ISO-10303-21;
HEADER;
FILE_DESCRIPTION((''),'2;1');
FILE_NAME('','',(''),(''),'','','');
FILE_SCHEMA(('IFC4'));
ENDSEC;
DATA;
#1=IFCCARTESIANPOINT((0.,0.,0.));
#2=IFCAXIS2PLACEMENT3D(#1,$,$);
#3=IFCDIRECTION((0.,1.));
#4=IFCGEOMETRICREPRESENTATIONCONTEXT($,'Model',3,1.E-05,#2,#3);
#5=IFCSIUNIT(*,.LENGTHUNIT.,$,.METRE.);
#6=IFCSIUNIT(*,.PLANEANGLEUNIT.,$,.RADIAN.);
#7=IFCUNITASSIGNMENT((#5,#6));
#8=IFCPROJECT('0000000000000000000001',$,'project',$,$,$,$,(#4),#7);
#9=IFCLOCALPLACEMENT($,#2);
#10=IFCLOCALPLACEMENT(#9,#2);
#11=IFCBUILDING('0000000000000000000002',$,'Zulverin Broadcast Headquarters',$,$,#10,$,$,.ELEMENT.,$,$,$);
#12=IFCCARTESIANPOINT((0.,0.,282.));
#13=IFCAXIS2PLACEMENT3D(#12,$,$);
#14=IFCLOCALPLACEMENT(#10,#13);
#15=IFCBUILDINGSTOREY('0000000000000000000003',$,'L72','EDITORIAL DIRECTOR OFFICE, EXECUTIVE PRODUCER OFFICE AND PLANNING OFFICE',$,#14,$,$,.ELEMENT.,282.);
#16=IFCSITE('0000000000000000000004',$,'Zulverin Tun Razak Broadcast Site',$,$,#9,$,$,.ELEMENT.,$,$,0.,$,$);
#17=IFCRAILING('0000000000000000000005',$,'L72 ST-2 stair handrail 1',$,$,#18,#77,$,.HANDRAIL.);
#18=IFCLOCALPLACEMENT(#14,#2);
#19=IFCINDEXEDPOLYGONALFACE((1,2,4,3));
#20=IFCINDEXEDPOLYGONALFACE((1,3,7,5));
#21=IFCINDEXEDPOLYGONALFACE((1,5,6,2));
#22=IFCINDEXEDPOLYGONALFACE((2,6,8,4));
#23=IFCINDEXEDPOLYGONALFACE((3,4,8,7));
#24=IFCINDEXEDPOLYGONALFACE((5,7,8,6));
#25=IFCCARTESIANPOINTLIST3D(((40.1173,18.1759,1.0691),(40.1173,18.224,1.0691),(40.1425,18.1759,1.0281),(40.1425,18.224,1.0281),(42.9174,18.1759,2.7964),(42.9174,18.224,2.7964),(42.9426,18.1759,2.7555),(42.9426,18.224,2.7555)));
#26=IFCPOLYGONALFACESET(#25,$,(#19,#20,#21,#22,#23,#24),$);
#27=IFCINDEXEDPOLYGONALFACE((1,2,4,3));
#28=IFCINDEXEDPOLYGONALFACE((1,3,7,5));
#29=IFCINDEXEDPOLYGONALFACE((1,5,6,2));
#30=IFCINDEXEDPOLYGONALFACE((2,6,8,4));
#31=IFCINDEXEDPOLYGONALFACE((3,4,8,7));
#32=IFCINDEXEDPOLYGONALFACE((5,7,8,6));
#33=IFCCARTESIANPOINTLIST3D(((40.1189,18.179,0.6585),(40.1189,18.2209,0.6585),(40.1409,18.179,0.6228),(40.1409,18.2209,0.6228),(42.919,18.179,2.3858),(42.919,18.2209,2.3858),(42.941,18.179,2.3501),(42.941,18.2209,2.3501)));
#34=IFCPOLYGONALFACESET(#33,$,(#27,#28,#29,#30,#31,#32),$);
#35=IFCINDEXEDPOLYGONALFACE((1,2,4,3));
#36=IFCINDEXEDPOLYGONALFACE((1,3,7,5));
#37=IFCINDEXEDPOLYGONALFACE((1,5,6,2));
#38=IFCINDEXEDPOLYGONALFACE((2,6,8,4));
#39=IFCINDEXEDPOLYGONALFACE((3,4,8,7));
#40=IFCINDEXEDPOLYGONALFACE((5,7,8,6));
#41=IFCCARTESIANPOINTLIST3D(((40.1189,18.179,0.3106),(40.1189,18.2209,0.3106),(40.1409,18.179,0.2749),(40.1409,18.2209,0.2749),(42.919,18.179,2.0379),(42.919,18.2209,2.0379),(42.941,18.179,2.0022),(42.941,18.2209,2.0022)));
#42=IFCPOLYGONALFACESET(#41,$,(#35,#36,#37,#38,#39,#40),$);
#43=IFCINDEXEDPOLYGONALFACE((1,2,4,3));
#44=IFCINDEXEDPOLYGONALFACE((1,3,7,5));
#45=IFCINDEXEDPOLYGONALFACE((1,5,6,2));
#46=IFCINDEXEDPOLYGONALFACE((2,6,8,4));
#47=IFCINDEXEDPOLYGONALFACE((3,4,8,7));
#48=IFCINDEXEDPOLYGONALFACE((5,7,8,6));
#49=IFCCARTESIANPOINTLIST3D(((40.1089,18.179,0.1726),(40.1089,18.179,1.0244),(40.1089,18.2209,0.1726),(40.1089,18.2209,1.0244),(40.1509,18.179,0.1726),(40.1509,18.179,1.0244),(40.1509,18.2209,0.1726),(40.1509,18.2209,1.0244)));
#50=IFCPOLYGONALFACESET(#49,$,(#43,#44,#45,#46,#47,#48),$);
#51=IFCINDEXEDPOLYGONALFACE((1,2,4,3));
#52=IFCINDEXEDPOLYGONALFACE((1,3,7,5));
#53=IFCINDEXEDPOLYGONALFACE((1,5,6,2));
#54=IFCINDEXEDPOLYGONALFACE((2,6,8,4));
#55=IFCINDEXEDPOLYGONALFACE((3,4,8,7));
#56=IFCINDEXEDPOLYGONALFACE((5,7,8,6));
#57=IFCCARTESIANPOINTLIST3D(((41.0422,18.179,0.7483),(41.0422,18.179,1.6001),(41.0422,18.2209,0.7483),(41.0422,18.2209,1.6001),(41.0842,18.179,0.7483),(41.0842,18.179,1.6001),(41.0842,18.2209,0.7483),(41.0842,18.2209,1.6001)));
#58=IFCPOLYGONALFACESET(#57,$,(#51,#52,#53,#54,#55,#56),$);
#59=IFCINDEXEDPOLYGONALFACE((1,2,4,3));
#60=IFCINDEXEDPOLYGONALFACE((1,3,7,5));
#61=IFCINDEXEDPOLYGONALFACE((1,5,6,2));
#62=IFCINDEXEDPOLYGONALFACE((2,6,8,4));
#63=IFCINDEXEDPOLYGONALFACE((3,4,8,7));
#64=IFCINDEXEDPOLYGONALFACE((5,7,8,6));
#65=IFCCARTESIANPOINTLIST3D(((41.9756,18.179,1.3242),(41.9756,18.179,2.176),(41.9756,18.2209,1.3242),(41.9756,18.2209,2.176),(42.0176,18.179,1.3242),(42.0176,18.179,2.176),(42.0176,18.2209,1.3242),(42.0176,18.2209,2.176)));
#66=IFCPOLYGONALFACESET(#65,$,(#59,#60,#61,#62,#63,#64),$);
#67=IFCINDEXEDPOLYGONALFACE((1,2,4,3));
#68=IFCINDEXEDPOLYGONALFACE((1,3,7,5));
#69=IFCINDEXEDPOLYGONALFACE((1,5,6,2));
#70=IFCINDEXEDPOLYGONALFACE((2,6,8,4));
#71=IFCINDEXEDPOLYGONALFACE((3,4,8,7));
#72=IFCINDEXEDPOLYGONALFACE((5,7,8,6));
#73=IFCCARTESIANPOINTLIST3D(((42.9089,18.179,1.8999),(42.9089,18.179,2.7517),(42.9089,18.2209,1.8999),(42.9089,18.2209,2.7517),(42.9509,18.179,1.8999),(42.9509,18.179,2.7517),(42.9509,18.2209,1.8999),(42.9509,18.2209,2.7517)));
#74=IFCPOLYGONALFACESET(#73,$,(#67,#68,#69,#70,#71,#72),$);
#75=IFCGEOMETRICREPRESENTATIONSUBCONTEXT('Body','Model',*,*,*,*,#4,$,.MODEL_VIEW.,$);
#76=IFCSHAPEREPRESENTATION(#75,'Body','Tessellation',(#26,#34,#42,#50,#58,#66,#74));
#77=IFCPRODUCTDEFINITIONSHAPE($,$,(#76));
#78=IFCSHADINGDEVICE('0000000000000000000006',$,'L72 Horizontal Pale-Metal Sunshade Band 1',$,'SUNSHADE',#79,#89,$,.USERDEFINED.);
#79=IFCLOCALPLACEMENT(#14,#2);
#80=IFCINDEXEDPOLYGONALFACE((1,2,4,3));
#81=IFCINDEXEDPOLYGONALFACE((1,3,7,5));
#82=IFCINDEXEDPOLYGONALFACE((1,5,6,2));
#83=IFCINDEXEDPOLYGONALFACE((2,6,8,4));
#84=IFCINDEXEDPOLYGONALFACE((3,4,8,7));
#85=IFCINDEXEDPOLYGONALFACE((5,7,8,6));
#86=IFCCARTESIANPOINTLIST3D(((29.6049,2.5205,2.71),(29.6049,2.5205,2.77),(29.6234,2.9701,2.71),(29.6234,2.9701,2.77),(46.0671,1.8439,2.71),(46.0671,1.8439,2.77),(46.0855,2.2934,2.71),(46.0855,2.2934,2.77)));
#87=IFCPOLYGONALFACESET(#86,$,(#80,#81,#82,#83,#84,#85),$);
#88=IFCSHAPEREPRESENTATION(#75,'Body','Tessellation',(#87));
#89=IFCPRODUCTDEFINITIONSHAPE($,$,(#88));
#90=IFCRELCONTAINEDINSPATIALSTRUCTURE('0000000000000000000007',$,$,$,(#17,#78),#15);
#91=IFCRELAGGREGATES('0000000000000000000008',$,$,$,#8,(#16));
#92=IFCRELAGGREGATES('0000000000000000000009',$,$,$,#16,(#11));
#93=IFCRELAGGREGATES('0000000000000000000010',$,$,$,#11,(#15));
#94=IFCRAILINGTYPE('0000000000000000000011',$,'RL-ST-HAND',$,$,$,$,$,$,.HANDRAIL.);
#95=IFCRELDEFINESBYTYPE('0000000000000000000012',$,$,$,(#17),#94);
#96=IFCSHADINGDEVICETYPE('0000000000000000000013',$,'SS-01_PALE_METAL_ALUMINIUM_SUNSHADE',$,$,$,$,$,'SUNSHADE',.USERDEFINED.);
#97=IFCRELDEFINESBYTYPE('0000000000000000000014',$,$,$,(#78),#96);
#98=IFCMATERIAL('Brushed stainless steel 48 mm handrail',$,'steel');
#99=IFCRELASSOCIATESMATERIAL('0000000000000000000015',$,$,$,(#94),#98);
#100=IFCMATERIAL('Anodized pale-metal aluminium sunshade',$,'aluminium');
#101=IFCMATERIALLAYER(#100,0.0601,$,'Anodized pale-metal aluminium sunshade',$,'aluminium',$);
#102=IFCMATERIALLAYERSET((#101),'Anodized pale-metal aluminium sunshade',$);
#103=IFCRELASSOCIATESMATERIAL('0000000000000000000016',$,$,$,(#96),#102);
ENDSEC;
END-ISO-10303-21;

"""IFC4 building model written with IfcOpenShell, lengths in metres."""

from ifc_helpers import new_model, si_unit, direction, frame, origin, origin_2d, place, context, subcontext, project, spatial, rectangle, extrude, material, layer, layer_set, type_object, element, save


model = new_model("IFC4")

# Units and contexts
model_context = context("Model", 3, precision=1e-05, world=origin(), true_north=direction((0.0, 1.0)))
body_context = subcontext(model_context, "Body", "Model", "MODEL_VIEW")
ifc_project = project(units=[si_unit("LENGTHUNIT", "METRE"), si_unit("PLANEANGLEUNIT", "RADIAN")], contexts=[model_context])

# Site, building, storey
site_placement = place(None, origin())
site = spatial("IfcSite", under=ifc_project, at=site_placement, Name="Zulverin Tun Razak Broadcast Site", CompositionType="ELEMENT", RefElevation=0.0)
building_placement = place(site_placement, origin())
building = spatial("IfcBuilding", under=site, at=building_placement, Name="Zulverin Broadcast Headquarters", CompositionType="ELEMENT")
storey_placement = place(building_placement, frame((0.0, 0.0, 282.0)))
storey = spatial("IfcBuildingStorey", under=building, at=storey_placement, Name="L72", Description="EDITORIAL DIRECTOR OFFICE, EXECUTIVE PRODUCER OFFICE AND PLANNING OFFICE", CompositionType="ELEMENT", Elevation=282.0)

# Railing
ifc_material_1 = material(Name="Brushed stainless steel 48 mm handrail", Category="steel")
railing_type_1 = type_object("IfcRailingType", Name="RL-ST-HAND", PredefinedType="HANDRAIL", material=ifc_material_1)
railing_1_placement = place(storey_placement, frame((40.1299, 18.2, 0.1726)))
element("IfcRailing", 1, at=railing_1_placement, inside=storey, type_object=railing_type_1, Name="L72 ST-2 stair handrail 1", PredefinedType="HANDRAIL", context=body_context, shape_type="SweptSolid", body=[
    extrude(rectangle(XDim=0.0481, YDim=0.0481, at=origin_2d()), frame((0.0, 0.0, 0.876), z_axis=(0.85109, 0.0, 0.52502), x_axis=(0.0, 1.0, 0.0)), (0.0, 0.0, 1.0), 3.29),
    extrude(rectangle(XDim=0.042, YDim=0.042, at=origin_2d()), frame((0.0, 0.0, 0.468), z_axis=(0.85109, 0.0, 0.52502), x_axis=(0.0, 1.0, 0.0)), (0.0, 0.0, 1.0), 3.29),
    extrude(rectangle(XDim=0.042, YDim=0.042, at=origin_2d()), frame((0.0, 0.0, 0.1201), z_axis=(0.85109, 0.0, 0.52502), x_axis=(0.0, 1.0, 0.0)), (0.0, 0.0, 1.0), 3.29),
    extrude(rectangle(XDim=0.042, YDim=0.042, at=origin_2d()), origin(), (0.0, 0.0, 1.0), 0.8518),
    extrude(rectangle(XDim=0.042, YDim=0.042, at=origin_2d()), frame((0.9333, 0.0, 0.5757)), (0.0, 0.0, 1.0), 0.8518),
    extrude(rectangle(XDim=0.042, YDim=0.042, at=origin_2d()), frame((1.8667, 0.0, 1.1516)), (0.0, 0.0, 1.0), 0.8518),
    extrude(rectangle(XDim=0.042, YDim=0.042, at=origin_2d()), frame((2.8, 0.0, 1.7273)), (0.0, 0.0, 1.0), 0.8518),
])

# Shading device
ifc_material_2 = material(Name="Anodized pale-metal aluminium sunshade", Category="aluminium")
ifc_layer_1 = layer(ifc_material_2, 0.0601, Name="Anodized pale-metal aluminium sunshade", Category="aluminium")
ifc_layer_set_1 = layer_set([ifc_layer_1], Name="Anodized pale-metal aluminium sunshade")
shading_device_type = type_object("IfcShadingDeviceType", Name="SS-01_PALE_METAL_ALUMINIUM_SUNSHADE", ElementType="SUNSHADE", PredefinedType="USERDEFINED", material=ifc_layer_set_1)
shading_device_placement = place(storey_placement, frame((37.8452, 2.407, 2.71), z_axis=(0.0, 0.0, 1.0), x_axis=(0.999156, -0.04107, 0.0)))
element("IfcShadingDevice", 2, at=shading_device_placement, inside=storey, type_object=shading_device_type, Name="L72 Horizontal Pale-Metal Sunshade Band 1", ObjectType="SUNSHADE", PredefinedType="USERDEFINED", context=body_context, shape_type="SweptSolid", body=[
    extrude(rectangle(XDim=16.4761, YDim=0.45, at=origin_2d()), origin(), (0.0, 0.0, 1.0), 0.0601),
])

save(model, "model.ifc")
